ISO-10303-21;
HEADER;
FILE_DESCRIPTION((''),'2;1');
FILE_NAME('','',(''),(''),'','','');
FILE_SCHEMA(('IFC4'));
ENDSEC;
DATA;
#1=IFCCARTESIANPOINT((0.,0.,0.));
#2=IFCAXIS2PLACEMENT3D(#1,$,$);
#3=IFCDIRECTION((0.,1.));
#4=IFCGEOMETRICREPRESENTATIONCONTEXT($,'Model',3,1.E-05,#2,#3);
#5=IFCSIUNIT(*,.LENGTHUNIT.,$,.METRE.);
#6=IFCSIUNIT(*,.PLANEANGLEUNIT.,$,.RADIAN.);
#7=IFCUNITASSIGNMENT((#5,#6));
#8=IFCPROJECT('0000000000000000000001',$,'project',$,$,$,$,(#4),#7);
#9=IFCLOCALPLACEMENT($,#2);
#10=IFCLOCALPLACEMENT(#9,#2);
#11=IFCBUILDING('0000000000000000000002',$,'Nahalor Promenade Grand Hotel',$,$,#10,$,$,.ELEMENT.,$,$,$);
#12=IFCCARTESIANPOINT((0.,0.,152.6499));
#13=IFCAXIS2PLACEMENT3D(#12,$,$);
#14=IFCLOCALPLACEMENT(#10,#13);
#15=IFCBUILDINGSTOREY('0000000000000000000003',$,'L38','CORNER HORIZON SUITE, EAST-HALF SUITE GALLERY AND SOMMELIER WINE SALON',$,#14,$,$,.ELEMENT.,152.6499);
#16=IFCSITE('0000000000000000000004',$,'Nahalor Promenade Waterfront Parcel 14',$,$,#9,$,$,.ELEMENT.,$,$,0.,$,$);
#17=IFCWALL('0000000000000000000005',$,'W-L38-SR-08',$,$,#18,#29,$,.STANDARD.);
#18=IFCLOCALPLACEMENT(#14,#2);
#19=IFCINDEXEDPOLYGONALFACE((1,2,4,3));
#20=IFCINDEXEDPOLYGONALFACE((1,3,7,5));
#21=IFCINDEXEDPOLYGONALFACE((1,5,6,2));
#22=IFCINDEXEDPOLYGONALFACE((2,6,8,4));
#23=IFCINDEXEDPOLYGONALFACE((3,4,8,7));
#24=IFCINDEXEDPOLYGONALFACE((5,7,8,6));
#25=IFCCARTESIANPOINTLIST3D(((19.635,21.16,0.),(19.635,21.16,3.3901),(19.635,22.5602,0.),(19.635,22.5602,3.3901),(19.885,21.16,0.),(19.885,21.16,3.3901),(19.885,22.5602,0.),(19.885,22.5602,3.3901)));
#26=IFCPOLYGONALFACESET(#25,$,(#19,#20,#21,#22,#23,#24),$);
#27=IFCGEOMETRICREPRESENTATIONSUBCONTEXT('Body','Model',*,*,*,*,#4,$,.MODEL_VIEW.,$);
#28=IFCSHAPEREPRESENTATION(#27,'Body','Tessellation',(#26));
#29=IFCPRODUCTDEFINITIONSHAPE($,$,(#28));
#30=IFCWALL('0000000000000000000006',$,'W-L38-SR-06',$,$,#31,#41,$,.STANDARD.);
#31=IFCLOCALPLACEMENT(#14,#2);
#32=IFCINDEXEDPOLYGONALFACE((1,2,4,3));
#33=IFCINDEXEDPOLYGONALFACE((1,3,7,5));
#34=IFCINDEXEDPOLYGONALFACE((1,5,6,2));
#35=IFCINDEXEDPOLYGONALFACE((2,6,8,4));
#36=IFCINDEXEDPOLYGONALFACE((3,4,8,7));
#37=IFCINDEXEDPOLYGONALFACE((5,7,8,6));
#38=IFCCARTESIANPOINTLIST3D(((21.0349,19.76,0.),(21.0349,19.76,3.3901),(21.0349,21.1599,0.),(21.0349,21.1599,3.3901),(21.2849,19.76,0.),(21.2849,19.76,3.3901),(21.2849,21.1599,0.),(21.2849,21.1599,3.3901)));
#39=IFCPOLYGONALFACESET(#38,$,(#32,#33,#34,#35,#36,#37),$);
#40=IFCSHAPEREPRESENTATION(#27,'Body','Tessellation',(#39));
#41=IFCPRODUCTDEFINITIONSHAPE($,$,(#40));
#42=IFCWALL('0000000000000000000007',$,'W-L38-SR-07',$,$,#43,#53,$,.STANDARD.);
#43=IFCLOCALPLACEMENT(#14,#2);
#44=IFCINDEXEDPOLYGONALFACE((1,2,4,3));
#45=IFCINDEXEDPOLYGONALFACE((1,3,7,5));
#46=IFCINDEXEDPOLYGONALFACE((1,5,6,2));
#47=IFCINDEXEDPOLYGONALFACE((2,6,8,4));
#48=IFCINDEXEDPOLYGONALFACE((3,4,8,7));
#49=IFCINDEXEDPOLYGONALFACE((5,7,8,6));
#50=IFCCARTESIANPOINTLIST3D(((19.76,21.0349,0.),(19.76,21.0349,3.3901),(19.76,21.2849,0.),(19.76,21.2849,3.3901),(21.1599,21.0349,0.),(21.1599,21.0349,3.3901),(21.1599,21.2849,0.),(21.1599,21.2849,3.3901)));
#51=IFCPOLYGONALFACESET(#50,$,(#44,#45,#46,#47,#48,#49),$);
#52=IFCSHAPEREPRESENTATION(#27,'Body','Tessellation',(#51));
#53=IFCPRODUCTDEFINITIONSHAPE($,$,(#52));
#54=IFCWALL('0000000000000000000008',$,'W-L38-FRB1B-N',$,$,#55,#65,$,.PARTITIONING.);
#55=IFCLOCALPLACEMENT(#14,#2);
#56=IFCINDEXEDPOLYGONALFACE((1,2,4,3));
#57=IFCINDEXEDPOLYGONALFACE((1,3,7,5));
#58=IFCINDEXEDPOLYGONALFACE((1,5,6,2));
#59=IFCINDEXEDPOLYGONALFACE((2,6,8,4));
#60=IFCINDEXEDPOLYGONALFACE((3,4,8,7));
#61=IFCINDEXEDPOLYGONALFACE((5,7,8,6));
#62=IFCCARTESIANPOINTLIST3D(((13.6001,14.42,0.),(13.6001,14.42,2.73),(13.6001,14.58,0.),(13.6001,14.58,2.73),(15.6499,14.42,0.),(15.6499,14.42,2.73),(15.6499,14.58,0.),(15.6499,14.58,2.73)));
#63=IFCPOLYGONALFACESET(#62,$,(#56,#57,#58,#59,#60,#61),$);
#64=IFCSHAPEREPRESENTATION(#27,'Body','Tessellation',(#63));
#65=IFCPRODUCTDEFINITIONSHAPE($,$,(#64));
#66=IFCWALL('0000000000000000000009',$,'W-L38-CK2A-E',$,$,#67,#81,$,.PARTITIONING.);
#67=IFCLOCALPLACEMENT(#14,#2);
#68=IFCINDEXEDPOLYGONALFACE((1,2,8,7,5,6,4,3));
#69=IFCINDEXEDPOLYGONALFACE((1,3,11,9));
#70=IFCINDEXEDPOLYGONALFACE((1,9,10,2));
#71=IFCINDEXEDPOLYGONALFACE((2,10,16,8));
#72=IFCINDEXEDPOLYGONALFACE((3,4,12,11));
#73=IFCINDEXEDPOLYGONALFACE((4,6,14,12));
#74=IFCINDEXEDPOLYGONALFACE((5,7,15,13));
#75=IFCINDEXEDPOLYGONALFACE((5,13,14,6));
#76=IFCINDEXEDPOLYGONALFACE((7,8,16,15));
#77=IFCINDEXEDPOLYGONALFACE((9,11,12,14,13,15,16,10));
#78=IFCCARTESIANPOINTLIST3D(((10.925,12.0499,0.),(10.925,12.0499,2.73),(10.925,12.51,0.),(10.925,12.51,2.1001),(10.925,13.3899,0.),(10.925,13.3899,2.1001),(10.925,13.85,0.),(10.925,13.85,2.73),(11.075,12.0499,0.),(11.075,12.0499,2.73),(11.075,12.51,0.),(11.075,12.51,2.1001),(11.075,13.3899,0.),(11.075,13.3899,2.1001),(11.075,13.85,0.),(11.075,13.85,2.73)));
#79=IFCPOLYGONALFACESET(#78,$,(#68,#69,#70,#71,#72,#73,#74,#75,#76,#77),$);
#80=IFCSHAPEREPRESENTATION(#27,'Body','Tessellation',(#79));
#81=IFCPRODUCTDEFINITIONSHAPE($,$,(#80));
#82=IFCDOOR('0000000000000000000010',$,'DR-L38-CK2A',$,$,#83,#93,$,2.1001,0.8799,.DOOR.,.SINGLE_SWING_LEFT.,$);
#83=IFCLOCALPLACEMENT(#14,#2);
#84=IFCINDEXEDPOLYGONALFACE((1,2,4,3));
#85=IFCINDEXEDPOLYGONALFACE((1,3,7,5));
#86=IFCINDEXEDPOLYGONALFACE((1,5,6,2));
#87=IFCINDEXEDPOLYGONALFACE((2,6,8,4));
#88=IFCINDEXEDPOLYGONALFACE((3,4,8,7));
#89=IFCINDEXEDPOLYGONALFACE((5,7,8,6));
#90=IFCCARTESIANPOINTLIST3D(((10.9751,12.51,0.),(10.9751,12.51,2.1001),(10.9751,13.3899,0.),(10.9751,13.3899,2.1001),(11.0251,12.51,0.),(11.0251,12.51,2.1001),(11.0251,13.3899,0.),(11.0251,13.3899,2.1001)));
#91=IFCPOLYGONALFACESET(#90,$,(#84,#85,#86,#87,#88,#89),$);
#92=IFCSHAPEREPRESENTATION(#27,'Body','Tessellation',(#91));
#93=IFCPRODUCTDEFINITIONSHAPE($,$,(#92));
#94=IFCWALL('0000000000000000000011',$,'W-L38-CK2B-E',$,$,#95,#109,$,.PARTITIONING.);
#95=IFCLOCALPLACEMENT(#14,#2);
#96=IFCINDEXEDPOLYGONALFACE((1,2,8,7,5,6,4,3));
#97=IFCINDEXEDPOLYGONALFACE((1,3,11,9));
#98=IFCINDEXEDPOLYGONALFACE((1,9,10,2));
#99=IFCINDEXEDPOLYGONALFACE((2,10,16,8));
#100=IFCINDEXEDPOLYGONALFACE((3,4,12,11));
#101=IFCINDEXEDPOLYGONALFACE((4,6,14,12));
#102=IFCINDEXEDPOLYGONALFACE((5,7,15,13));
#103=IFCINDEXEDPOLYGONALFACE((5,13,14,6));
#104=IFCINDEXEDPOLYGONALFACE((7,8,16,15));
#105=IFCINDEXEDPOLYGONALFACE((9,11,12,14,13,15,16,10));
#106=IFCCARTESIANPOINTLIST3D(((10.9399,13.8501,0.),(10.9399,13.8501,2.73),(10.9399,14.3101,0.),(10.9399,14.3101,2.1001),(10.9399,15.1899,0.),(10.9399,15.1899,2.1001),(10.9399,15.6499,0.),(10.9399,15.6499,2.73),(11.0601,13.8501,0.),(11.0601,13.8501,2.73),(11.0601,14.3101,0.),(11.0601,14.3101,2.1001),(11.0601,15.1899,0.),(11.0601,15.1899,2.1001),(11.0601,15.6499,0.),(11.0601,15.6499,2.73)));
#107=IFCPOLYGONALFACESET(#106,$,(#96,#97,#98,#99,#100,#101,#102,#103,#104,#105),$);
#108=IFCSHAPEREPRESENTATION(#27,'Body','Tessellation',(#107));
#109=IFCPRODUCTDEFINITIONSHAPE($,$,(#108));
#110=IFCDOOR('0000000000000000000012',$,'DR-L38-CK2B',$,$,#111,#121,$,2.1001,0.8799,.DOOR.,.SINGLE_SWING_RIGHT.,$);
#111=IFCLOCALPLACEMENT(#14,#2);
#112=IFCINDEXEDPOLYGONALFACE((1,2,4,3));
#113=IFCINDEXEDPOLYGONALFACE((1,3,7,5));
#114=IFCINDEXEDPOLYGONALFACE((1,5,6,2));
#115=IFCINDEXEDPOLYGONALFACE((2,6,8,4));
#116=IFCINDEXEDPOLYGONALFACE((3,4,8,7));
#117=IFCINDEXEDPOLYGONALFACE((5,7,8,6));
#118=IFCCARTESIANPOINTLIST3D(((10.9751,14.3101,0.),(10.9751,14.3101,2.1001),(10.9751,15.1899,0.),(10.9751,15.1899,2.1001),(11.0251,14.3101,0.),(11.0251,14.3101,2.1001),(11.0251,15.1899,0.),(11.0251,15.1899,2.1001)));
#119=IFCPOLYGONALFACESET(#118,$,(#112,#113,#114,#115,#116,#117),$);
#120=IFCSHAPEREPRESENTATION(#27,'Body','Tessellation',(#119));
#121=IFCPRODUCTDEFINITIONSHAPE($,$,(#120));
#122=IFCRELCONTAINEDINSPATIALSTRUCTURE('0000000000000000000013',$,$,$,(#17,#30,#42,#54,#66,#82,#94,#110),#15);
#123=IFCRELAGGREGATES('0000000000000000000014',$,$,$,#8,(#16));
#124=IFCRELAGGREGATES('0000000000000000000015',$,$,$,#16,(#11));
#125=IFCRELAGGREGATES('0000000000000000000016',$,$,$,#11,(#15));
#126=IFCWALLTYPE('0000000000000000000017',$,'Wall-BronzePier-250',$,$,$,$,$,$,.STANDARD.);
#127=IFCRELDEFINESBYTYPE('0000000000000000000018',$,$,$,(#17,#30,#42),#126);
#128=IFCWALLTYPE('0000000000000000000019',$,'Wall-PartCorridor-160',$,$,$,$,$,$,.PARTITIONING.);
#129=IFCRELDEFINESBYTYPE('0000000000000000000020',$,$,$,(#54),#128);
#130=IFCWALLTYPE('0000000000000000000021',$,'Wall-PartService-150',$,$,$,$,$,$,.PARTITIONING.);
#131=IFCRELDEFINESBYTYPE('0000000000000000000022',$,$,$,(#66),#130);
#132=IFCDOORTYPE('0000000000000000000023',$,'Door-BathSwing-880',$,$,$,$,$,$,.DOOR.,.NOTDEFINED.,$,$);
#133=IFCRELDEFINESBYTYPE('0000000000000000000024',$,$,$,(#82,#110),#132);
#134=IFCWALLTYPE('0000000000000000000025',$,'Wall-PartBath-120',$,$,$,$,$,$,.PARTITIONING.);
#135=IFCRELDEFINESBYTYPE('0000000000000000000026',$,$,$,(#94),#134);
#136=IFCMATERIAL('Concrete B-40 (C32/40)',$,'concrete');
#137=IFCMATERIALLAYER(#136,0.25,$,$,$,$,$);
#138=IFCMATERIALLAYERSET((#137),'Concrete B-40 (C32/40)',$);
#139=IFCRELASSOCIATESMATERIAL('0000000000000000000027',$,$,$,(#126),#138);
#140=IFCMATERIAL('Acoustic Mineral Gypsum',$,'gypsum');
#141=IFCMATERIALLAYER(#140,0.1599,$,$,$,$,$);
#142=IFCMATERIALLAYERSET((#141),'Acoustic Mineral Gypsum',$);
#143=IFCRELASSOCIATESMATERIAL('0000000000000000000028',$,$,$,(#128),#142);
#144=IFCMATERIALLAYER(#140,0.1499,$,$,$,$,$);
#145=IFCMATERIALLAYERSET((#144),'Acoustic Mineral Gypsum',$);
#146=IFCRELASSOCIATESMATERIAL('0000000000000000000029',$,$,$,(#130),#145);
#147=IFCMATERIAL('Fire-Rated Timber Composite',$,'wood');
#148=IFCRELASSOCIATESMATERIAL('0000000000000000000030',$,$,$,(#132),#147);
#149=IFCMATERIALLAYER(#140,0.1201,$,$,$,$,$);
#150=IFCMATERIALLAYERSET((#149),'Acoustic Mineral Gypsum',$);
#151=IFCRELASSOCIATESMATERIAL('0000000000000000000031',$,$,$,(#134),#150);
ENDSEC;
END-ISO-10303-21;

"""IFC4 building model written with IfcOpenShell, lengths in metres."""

from ifc_helpers import new_model, si_unit, direction, frame, frame_2d, origin, place, context, subcontext, project, spatial, rectangle, extrude, source, transform, mapped, material, layer, layer_set, type_object, element, fill, save


model = new_model("IFC4")

# Units and contexts
model_context = context("Model", 3, precision=1e-05, world=origin(), true_north=direction((0.0, 1.0)))
body_context = subcontext(model_context, "Body", "Model", "MODEL_VIEW")
ifc_project = project(units=[si_unit("LENGTHUNIT", "METRE"), si_unit("PLANEANGLEUNIT", "RADIAN")], contexts=[model_context])

# Site, building, storey
site_placement = place(None, origin())
site = spatial("IfcSite", under=ifc_project, at=site_placement, Name="Nahalor Promenade Waterfront Parcel 14", CompositionType="ELEMENT", RefElevation=0.0)
building_placement = place(site_placement, origin())
building = spatial("IfcBuilding", under=site, at=building_placement, Name="Nahalor Promenade Grand Hotel", CompositionType="ELEMENT")
storey_placement = place(building_placement, frame((0.0, 0.0, 152.6499)))
storey = spatial("IfcBuildingStorey", under=building, at=storey_placement, Name="L38", Description="CORNER HORIZON SUITE, EAST-HALF SUITE GALLERY AND SOMMELIER WINE SALON", CompositionType="ELEMENT", Elevation=152.6499)

# Walls
ifc_material_1 = material(Name="Concrete B-40 (C32/40)", Category="concrete")
ifc_layer_1 = layer(ifc_material_1, 0.25)
ifc_layer_set_1 = layer_set([ifc_layer_1], Name="Concrete B-40 (C32/40)")
wall_type_1 = type_object("IfcWallType", Name="Wall-BronzePier-250", PredefinedType="STANDARD", material=ifc_layer_set_1)
shared_shape_1 = source(origin(), body_context, "Body", "SweptSolid", [
    extrude(rectangle(XDim=1.4001, YDim=0.25, at=frame_2d((0.7002, 0.0))), origin(), (0.0, 0.0, 1.0), 3.3901),
])
for number, where, z_axis, x_axis, name in (
    (1, (19.76, 21.1599, 0.0), (0.0, 0.0, 1.0), (0.0, 1.0, 0.0), "W-L38-SR-08"),
):
    element("IfcWall", number, at=place(storey_placement, frame(where, z_axis=z_axis, x_axis=x_axis)), inside=storey, type_object=wall_type_1, Name=name, PredefinedType="STANDARD", context=body_context, shape_type="MappedRepresentation", body=[
        mapped(shared_shape_1, transform((0.0, 0.0, 0.0), scale=1.0)),
    ])
shared_shape_2 = source(origin(), body_context, "Body", "SweptSolid", [
    extrude(rectangle(XDim=1.3999, YDim=0.25, at=frame_2d((0.7, 0.0))), origin(), (0.0, 0.0, 1.0), 3.3901),
])
for number, where, z_axis, x_axis, name in (
    (2, (21.1599, 19.76, 0.0), (0.0, 0.0, 1.0), (0.0, 1.0, 0.0), "W-L38-SR-06"),
    (3, (19.76, 21.1599, 0.0), (0.0, 0.0, 1.0), (1.0, 0.0, 0.0), "W-L38-SR-07"),
):
    element("IfcWall", number, at=place(storey_placement, frame(where, z_axis=z_axis, x_axis=x_axis)), inside=storey, type_object=wall_type_1, Name=name, PredefinedType="STANDARD", context=body_context, shape_type="MappedRepresentation", body=[
        mapped(shared_shape_2, transform((0.0, 0.0, 0.0), scale=1.0)),
    ])
ifc_material_2 = material(Name="Acoustic Mineral Gypsum", Category="gypsum")
ifc_layer_2 = layer(ifc_material_2, 0.1599)
ifc_layer_set_2 = layer_set([ifc_layer_2], Name="Acoustic Mineral Gypsum")
wall_type_2 = type_object("IfcWallType", Name="Wall-PartCorridor-160", PredefinedType="PARTITIONING", material=ifc_layer_set_2)
shared_shape_3 = source(origin(), body_context, "Body", "SweptSolid", [
    extrude(rectangle(XDim=2.0498, YDim=0.1599, at=frame_2d((1.0249, 0.0))), origin(), (0.0, 0.0, 1.0), 2.73),
])
wall_1_placement = place(storey_placement, frame((13.6001, 14.5, 0.0), z_axis=(0.0, 0.0, 1.0), x_axis=(1.0, 0.0, 0.0)))
element("IfcWall", 4, at=wall_1_placement, inside=storey, type_object=wall_type_2, Name="W-L38-FRB1B-N", PredefinedType="PARTITIONING", context=body_context, shape_type="MappedRepresentation", body=[
    mapped(shared_shape_3, transform((0.0, 0.0, 0.0), scale=1.0)),
])

# Walls, openings, doors
ifc_layer_3 = layer(ifc_material_2, 0.1499)
ifc_layer_set_3 = layer_set([ifc_layer_3], Name="Acoustic Mineral Gypsum")
wall_type_3 = type_object("IfcWallType", Name="Wall-PartService-150", PredefinedType="PARTITIONING", material=ifc_layer_set_3)
shared_shape_4 = source(origin(), body_context, "Body", "SweptSolid", [
    extrude(rectangle(XDim=1.8, YDim=0.1499, at=frame_2d((0.8999, 0.0))), origin(), (0.0, 0.0, 1.0), 2.73),
])
wall_2_placement = place(storey_placement, frame((11.0, 12.05, 0.0), z_axis=(0.0, 0.0, 1.0), x_axis=(0.0, 1.0, 0.0)))
wall_2 = element("IfcWall", 5, at=wall_2_placement, inside=storey, type_object=wall_type_3, Name="W-L38-CK2A-E", PredefinedType="PARTITIONING", context=body_context, shape_type="MappedRepresentation", body=[
    mapped(shared_shape_4, transform((0.0, 0.0, 0.0), scale=1.0)),
])
opening_1_placement = place(wall_2_placement, frame((0.46, 0.0, 0.0)))
opening_1 = element("IfcOpeningElement", 6, at=opening_1_placement, cuts=wall_2, PredefinedType="OPENING", context=body_context, shape_type="SweptSolid", body=[
    extrude(rectangle(XDim=0.8799, YDim=2.1001, at=frame_2d((0.4399, 1.05))), frame((0.0, 0.085, 0.0), z_axis=(0.0, -1.0, 0.0), x_axis=(1.0, 0.0, 0.0)), (0.0, 0.0, 1.0), 0.1699),
])
ifc_material_3 = material(Name="Fire-Rated Timber Composite", Category="wood")
door_type_1 = type_object("IfcDoorType", Name="Door-BathSwing-880", OperationType="NOTDEFINED", PredefinedType="DOOR", material=ifc_material_3)
shared_shape_5 = source(origin(), body_context, "Body", "SweptSolid", [
    extrude(rectangle(XDim=0.8799, YDim=2.1001, at=frame_2d((0.4399, 1.05))), frame((0.0, 0.0249, 0.0), z_axis=(0.0, -1.0, 0.0), x_axis=(1.0, 0.0, 0.0)), (0.0, 0.0, 1.0), 0.05),
])
door_1_placement = place(opening_1_placement, origin())
door_1 = element("IfcDoor", 7, at=door_1_placement, inside=storey, type_object=door_type_1, Name="DR-L38-CK2A", OperationType="SINGLE_SWING_LEFT", OverallHeight=2.1001, OverallWidth=0.8799, PredefinedType="DOOR", context=body_context, shape_type="MappedRepresentation", body=[
    mapped(shared_shape_5, transform((0.0, 0.0, 0.0), scale=1.0)),
])
fill(opening_1, door_1)
ifc_layer_4 = layer(ifc_material_2, 0.1201)
ifc_layer_set_4 = layer_set([ifc_layer_4], Name="Acoustic Mineral Gypsum")
wall_type_4 = type_object("IfcWallType", Name="Wall-PartBath-120", PredefinedType="PARTITIONING", material=ifc_layer_set_4)
shared_shape_6 = source(origin(), body_context, "Body", "SweptSolid", [
    extrude(rectangle(XDim=1.7998, YDim=0.1201, at=frame_2d((0.8999, 0.0))), origin(), (0.0, 0.0, 1.0), 2.73),
])
wall_3_placement = place(storey_placement, frame((11.0, 13.8501, 0.0), z_axis=(0.0, 0.0, 1.0), x_axis=(0.0, 1.0, 0.0)))
wall_3 = element("IfcWall", 8, at=wall_3_placement, inside=storey, type_object=wall_type_4, Name="W-L38-CK2B-E", PredefinedType="PARTITIONING", context=body_context, shape_type="MappedRepresentation", body=[
    mapped(shared_shape_6, transform((0.0, 0.0, 0.0), scale=1.0)),
])
opening_2_placement = place(wall_3_placement, frame((0.46, 0.0, 0.0)))
opening_2 = element("IfcOpeningElement", 9, at=opening_2_placement, cuts=wall_3, PredefinedType="OPENING", context=body_context, shape_type="SweptSolid", body=[
    extrude(rectangle(XDim=0.8799, YDim=2.1001, at=frame_2d((0.4399, 1.05))), frame((0.0, 0.0701, 0.0), z_axis=(0.0, -1.0, 0.0), x_axis=(1.0, 0.0, 0.0)), (0.0, 0.0, 1.0), 0.1401),
])
door_2_placement = place(opening_2_placement, origin())
door_2 = element("IfcDoor", 10, at=door_2_placement, inside=storey, type_object=door_type_1, Name="DR-L38-CK2B", OperationType="SINGLE_SWING_RIGHT", OverallHeight=2.1001, OverallWidth=0.8799, PredefinedType="DOOR", context=body_context, shape_type="MappedRepresentation", body=[
    mapped(shared_shape_5, transform((0.0, 0.0, 0.0), scale=1.0)),
])
fill(opening_2, door_2)

save(model, "model.ifc")
